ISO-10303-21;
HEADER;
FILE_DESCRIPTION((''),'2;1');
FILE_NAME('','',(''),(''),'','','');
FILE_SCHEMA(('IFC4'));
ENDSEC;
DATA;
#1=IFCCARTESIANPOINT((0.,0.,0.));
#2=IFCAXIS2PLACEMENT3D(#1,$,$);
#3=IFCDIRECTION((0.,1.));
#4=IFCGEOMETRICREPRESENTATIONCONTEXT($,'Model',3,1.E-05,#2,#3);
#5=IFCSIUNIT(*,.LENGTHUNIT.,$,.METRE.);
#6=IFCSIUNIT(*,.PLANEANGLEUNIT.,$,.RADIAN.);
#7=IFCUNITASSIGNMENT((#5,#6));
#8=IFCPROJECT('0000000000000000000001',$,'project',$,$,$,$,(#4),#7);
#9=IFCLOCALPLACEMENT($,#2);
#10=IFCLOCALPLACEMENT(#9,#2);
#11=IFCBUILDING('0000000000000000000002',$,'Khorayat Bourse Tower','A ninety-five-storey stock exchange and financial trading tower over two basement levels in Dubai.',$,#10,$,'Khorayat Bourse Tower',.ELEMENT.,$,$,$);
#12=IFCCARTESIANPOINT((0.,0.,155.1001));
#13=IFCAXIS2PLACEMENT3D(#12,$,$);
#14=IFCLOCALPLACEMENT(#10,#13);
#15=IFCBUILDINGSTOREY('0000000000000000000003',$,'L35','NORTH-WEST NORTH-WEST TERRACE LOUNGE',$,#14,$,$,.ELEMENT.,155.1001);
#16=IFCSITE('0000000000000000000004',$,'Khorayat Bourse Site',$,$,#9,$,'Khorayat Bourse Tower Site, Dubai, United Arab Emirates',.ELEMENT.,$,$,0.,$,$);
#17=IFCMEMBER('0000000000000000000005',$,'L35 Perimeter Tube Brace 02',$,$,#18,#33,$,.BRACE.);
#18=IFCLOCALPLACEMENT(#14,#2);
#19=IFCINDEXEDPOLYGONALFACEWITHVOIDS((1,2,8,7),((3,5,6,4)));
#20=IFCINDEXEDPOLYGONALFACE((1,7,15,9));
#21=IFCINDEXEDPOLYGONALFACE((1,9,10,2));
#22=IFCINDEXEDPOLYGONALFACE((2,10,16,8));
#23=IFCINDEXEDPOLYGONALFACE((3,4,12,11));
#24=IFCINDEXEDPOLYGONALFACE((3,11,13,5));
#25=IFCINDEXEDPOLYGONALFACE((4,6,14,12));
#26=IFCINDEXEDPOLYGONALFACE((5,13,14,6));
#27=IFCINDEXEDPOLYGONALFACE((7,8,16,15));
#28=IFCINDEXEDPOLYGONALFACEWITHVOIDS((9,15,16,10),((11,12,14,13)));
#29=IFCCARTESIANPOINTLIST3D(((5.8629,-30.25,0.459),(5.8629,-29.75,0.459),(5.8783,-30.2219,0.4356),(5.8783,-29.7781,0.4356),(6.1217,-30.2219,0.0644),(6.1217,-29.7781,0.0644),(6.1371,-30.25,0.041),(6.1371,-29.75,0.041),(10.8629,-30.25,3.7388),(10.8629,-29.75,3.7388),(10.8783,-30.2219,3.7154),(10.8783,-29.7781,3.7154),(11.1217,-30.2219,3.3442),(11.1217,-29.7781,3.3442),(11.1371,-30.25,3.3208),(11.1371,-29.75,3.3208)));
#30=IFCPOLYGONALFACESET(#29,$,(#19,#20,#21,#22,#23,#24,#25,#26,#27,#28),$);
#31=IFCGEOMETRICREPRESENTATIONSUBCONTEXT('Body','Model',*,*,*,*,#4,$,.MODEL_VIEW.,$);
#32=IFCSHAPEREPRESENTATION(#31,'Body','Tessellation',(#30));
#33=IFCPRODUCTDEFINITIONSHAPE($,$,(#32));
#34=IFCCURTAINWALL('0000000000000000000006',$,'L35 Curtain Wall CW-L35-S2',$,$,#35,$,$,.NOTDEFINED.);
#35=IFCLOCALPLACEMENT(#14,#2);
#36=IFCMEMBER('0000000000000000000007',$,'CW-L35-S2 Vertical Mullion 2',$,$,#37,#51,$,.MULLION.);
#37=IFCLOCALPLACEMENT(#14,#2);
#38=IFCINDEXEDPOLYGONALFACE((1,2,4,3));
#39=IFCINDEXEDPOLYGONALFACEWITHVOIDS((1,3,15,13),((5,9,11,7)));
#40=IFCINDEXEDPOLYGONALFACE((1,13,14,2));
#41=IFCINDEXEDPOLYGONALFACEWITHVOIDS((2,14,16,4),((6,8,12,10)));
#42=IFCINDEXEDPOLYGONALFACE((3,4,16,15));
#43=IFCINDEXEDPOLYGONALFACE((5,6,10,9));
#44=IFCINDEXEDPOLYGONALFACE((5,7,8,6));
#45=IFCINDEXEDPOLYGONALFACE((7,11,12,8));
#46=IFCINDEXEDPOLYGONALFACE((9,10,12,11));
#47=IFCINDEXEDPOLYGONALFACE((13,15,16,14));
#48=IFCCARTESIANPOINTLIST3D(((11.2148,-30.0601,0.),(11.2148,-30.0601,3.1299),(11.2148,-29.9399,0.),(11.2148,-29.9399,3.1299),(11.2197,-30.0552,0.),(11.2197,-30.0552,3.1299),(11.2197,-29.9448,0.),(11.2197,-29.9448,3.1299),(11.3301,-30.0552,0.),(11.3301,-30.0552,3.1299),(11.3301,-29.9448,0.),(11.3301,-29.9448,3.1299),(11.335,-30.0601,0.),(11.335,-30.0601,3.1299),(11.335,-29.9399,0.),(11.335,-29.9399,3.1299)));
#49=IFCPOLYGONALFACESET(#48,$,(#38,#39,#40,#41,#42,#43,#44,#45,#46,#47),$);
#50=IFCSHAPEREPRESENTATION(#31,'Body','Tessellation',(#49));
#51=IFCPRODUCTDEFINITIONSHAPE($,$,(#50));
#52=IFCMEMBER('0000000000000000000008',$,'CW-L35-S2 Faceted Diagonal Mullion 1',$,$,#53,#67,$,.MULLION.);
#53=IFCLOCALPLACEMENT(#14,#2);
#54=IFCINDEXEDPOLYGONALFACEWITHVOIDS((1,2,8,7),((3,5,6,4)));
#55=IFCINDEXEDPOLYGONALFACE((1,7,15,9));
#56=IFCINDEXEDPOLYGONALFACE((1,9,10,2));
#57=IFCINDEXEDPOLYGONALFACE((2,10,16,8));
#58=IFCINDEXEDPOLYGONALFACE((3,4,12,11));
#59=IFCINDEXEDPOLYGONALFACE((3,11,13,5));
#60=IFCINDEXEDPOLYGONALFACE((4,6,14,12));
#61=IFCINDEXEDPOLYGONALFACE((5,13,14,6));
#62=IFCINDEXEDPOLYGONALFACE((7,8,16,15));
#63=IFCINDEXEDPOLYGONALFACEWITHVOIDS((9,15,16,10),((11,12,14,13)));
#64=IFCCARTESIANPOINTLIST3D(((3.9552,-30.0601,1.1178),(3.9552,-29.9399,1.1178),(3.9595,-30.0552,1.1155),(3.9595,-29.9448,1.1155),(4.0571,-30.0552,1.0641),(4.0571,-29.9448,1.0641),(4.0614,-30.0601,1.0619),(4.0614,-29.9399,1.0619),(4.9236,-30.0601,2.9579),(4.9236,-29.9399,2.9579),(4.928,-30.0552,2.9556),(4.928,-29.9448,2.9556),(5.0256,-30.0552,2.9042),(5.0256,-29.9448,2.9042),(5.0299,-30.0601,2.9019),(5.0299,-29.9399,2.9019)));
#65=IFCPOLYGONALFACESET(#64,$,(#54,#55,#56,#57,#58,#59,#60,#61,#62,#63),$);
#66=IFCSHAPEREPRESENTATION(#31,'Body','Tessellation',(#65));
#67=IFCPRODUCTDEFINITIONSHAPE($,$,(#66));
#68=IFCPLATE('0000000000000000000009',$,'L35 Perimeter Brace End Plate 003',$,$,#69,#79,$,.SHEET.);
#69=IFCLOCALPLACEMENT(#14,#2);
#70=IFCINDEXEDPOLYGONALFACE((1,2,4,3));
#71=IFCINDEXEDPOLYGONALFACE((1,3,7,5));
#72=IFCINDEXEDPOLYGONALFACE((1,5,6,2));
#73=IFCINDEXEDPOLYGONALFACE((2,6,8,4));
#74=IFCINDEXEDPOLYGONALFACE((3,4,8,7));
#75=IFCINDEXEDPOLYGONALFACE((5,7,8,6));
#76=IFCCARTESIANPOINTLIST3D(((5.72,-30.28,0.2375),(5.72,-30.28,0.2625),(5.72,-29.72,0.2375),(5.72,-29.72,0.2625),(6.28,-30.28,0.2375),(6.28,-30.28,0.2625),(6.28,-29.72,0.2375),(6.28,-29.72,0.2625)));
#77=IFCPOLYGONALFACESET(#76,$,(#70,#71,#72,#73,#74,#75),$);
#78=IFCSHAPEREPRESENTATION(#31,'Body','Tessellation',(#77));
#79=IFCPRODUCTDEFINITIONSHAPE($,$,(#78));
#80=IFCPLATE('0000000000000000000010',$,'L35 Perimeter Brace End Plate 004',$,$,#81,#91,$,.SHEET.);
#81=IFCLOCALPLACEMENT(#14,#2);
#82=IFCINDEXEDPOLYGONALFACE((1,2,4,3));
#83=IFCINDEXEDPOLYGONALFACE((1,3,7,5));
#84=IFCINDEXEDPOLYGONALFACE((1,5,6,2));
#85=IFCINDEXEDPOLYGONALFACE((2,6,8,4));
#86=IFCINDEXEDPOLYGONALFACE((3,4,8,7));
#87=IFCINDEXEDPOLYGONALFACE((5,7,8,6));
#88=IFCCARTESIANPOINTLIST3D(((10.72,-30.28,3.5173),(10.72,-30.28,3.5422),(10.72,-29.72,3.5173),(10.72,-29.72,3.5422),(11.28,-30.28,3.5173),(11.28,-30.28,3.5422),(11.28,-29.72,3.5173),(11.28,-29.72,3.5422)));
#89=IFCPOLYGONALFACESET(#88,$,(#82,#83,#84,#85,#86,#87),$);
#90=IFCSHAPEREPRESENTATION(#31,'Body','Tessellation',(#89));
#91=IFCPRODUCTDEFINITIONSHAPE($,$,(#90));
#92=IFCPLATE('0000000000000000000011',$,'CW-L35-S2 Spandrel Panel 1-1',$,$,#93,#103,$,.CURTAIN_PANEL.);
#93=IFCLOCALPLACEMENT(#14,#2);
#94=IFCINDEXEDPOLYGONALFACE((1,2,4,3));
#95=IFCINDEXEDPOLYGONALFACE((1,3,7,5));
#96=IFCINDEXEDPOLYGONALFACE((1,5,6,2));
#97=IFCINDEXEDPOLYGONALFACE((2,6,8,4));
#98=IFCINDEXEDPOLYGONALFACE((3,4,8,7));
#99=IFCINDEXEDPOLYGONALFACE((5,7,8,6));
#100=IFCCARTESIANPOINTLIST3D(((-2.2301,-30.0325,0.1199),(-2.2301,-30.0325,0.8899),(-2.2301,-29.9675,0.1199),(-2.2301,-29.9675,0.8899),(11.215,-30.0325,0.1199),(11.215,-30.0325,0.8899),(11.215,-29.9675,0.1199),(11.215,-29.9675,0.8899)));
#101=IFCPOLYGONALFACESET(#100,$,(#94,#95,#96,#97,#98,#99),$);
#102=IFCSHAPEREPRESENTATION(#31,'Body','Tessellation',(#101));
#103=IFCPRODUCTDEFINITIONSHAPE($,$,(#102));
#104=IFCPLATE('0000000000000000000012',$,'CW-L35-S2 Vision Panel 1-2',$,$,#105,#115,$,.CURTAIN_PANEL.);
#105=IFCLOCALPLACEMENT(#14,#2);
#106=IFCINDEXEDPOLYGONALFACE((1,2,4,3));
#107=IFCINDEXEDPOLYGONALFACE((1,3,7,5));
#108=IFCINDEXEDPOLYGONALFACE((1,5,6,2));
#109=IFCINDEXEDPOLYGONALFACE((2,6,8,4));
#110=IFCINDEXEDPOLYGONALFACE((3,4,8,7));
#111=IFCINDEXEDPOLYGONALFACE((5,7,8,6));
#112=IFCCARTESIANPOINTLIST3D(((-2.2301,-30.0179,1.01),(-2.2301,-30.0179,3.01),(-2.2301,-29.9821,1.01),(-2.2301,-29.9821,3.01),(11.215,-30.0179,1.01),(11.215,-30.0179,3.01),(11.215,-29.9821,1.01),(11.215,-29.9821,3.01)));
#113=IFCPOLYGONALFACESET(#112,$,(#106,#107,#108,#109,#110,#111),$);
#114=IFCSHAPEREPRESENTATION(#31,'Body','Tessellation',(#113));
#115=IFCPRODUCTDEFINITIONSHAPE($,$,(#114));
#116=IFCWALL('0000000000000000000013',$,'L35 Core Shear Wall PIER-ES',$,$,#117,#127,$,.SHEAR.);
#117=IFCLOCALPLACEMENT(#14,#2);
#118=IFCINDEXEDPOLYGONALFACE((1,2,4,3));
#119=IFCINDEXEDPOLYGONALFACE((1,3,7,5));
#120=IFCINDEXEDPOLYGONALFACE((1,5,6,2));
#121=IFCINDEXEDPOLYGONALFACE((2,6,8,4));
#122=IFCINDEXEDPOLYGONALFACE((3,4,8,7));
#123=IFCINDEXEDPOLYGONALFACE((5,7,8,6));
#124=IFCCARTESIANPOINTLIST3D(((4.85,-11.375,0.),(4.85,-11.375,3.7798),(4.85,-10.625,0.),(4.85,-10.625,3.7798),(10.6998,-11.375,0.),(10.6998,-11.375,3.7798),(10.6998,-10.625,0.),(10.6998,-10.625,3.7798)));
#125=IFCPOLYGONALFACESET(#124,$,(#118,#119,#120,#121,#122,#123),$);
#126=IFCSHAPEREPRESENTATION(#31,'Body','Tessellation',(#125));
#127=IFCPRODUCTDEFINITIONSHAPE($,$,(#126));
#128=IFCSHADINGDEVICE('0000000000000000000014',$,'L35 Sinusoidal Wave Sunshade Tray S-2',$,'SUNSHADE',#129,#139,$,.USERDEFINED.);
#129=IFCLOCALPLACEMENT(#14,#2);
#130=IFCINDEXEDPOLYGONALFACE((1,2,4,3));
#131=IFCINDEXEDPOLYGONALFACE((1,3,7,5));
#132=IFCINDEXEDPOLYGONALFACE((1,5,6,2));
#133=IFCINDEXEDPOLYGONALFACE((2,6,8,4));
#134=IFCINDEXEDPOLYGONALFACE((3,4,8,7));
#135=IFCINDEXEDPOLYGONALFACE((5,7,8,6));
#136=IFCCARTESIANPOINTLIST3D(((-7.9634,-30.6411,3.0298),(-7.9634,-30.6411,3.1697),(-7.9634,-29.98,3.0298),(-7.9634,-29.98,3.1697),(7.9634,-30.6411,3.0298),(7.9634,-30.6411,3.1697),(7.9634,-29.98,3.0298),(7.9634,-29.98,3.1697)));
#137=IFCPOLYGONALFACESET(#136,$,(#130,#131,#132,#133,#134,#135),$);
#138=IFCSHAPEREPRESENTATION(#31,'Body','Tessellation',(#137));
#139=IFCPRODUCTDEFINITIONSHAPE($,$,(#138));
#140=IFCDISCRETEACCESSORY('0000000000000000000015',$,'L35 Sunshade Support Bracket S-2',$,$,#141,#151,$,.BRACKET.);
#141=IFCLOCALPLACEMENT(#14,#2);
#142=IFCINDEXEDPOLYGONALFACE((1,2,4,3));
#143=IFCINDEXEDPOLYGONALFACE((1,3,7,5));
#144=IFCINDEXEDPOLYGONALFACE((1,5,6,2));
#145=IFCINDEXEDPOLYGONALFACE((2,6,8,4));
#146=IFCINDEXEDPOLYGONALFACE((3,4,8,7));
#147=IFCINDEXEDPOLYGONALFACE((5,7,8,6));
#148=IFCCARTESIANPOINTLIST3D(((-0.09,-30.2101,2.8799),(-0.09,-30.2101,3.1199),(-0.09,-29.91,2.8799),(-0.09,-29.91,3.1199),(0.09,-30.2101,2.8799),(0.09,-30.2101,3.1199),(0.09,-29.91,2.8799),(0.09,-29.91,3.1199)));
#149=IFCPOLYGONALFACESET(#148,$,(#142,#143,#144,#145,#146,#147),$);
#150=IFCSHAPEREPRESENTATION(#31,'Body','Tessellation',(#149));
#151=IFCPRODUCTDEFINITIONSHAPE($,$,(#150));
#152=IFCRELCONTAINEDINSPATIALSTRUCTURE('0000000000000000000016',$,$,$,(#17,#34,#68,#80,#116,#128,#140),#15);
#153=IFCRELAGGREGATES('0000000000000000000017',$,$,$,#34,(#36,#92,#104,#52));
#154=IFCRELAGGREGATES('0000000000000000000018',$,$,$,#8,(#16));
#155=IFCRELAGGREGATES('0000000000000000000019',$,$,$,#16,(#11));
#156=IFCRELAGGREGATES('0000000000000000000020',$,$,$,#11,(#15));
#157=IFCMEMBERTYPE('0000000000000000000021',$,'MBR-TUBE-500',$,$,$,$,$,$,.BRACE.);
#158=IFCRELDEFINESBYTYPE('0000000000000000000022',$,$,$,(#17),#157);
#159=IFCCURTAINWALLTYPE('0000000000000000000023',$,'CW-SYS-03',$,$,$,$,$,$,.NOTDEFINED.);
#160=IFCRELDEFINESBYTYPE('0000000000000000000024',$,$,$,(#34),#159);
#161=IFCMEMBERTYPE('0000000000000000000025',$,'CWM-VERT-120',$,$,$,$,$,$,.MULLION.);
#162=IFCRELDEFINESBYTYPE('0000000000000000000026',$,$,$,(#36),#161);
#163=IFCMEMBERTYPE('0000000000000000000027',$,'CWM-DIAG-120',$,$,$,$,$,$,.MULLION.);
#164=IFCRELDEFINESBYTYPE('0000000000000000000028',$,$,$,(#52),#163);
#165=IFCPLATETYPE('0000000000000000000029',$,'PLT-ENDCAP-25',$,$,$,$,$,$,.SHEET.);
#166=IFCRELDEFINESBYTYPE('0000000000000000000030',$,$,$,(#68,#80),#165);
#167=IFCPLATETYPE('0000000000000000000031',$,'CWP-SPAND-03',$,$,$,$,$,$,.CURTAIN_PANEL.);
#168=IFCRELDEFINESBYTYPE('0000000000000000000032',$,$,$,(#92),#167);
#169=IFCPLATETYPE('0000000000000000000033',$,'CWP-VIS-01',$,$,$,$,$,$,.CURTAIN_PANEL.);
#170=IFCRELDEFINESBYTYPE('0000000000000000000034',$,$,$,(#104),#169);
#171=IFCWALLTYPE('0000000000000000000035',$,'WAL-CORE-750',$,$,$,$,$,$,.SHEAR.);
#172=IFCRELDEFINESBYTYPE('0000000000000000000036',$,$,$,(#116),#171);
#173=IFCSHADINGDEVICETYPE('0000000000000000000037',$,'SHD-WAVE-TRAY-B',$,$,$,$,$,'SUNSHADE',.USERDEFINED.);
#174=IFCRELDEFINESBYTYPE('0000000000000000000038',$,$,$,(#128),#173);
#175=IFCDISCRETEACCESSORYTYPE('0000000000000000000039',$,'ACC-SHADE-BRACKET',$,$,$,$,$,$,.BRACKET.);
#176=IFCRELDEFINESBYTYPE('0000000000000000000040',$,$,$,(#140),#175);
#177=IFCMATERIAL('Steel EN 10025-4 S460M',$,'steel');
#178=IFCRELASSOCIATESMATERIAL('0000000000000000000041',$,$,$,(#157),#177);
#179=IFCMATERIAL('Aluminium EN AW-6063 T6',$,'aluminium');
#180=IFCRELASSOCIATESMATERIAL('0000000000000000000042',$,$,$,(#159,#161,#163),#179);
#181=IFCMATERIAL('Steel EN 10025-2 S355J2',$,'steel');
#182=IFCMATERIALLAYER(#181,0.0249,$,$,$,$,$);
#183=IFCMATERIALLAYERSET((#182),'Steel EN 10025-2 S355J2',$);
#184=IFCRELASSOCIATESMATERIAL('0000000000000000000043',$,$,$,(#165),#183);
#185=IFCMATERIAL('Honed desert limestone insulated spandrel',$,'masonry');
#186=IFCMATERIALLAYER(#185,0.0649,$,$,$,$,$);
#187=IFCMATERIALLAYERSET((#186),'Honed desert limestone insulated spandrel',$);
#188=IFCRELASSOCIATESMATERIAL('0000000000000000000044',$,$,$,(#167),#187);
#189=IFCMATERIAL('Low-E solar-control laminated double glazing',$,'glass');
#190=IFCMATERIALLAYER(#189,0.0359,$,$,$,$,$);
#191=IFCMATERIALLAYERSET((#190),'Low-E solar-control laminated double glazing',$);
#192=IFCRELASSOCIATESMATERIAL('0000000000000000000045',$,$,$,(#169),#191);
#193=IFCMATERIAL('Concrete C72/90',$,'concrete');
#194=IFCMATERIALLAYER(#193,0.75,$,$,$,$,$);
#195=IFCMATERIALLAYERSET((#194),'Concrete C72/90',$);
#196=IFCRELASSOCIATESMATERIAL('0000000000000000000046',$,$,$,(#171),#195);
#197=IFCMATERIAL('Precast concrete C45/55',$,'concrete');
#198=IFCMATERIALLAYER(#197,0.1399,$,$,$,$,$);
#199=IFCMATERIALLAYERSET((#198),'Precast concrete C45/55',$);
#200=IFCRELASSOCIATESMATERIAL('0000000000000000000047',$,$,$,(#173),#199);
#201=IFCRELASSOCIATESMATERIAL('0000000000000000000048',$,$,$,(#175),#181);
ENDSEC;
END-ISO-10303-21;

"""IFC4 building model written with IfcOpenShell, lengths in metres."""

from ifc_helpers import new_model, si_unit, direction, frame, frame_2d, origin, origin_2d, place, context, subcontext, project, spatial, rectangle, hollow_rectangle, extrude, source, transform, mapped, material, layer, layer_set, material_profile, profile_set, type_object, element, aggregate, save


model = new_model("IFC4")

# Units and contexts
model_context = context("Model", 3, precision=1e-05, world=origin(), true_north=direction((0.0, 1.0)))
body_context = subcontext(model_context, "Body", "Model", "MODEL_VIEW")
ifc_project = project(units=[si_unit("LENGTHUNIT", "METRE"), si_unit("PLANEANGLEUNIT", "RADIAN")], contexts=[model_context])

# Site, building, storey
site_placement = place(None, origin())
site = spatial("IfcSite", under=ifc_project, at=site_placement, Name="Khorayat Bourse Site", LongName="Khorayat Bourse Tower Site, Dubai, United Arab Emirates", CompositionType="ELEMENT", RefElevation=0.0)
building_placement = place(site_placement, origin())
building = spatial("IfcBuilding", under=site, at=building_placement, Name="Khorayat Bourse Tower", Description="A ninety-five-storey stock exchange and financial trading tower over two basement levels in Dubai.", LongName="Khorayat Bourse Tower", CompositionType="ELEMENT")
storey_placement = place(building_placement, frame((0.0, 0.0, 155.1001)))
storey = spatial("IfcBuildingStorey", under=building, at=storey_placement, Name="L35", Description="NORTH-WEST NORTH-WEST TERRACE LOUNGE", CompositionType="ELEMENT", Elevation=155.1001)

# Shared definitions
ifc_material_1 = material(Name="Steel EN 10025-4 S460M", Category="steel")

# Shared definitions
ifc_material_2 = material(Name="Concrete C72/90", Category="concrete")

# Member
ifc_material_profile_1 = material_profile(ifc_material_1, hollow_rectangle(XDim=0.5, YDim=0.5, WallThickness=0.0281, at=origin_2d()), Name="HSS 500x500x28")
ifc_profile_set_1 = profile_set([ifc_material_profile_1], Name="Steel EN 10025-4 S460M")
member_type_1 = type_object("IfcMemberType", Name="MBR-TUBE-500", PredefinedType="BRACE", material=ifc_profile_set_1)
shared_shape_1 = source(origin(), body_context, "Body", "SweptSolid", [
    extrude(hollow_rectangle(XDim=0.5, YDim=0.5, WallThickness=0.0281, at=origin_2d()), origin(), (0.0, 0.0, 1.0), 5.9797),
])
member_1_placement = place(storey_placement, frame((6.0, -30.0, 0.25), z_axis=(0.83616, 0.0, 0.548485), x_axis=(0.0, 1.0, 0.0)))
element("IfcMember", 1, at=member_1_placement, inside=storey, type_object=member_type_1, Name="L35 Perimeter Tube Brace 02", PredefinedType="BRACE", context=body_context, shape_type="MappedRepresentation", body=[
    mapped(shared_shape_1, transform((0.0, 0.0, 0.0), scale=1.0)),
])

# Curtain wall, members
ifc_material_3 = material(Name="Aluminium EN AW-6063 T6", Category="aluminium")
curtain_wall_type = type_object("IfcCurtainWallType", Name="CW-SYS-03", PredefinedType="NOTDEFINED", material=ifc_material_3)
curtain_wall_placement = place(storey_placement, origin())
curtain_wall = element("IfcCurtainWall", 2, at=curtain_wall_placement, inside=storey, type_object=curtain_wall_type, Name="L35 Curtain Wall CW-L35-S2", PredefinedType="NOTDEFINED")
ifc_material_profile_2 = material_profile(ifc_material_3, hollow_rectangle(XDim=0.1201, YDim=0.1201, WallThickness=0.0049, at=origin_2d()), Name="ALU 120x120x5")
ifc_profile_set_2 = profile_set([ifc_material_profile_2], Name="Aluminium EN AW-6063 T6")
member_type_2 = type_object("IfcMemberType", Name="CWM-VERT-120", PredefinedType="MULLION", material=ifc_profile_set_2)
shared_shape_2 = source(origin(), body_context, "Body", "SweptSolid", [
    extrude(hollow_rectangle(XDim=0.1201, YDim=0.1201, WallThickness=0.0049, at=origin_2d()), origin(), (0.0, 0.0, 1.0), 3.1299),
])
member_2_placement = place(storey_placement, frame((11.2749, -30.0, 0.0), z_axis=(0.0, 0.0, 1.0), x_axis=(0.0, 1.0, 0.0)))
member_2 = element("IfcMember", 3, at=member_2_placement, type_object=member_type_2, Name="CW-L35-S2 Vertical Mullion 2", PredefinedType="MULLION", context=body_context, shape_type="MappedRepresentation", body=[
    mapped(shared_shape_2, transform((0.0, 0.0, 0.0), scale=1.0)),
])
ifc_material_profile_3 = material_profile(ifc_material_3, hollow_rectangle(XDim=0.1201, YDim=0.1201, WallThickness=0.0049, at=origin_2d()), Name="ALU 120x120x5")
ifc_profile_set_3 = profile_set([ifc_material_profile_3], Name="Aluminium EN AW-6063 T6")
member_type_3 = type_object("IfcMemberType", Name="CWM-DIAG-120", PredefinedType="MULLION", material=ifc_profile_set_3)
shared_shape_3 = source(origin(), body_context, "Body", "SweptSolid", [
    extrude(hollow_rectangle(XDim=0.1201, YDim=0.1201, WallThickness=0.0049, at=origin_2d()), origin(), (0.0, 0.0, 1.0), 2.0793),
])
member_3_placement = place(storey_placement, frame((4.0083, -30.0, 1.0898), z_axis=(0.465761, 0.0, 0.884911), x_axis=(0.0, 1.0, 0.0)))
member_3 = element("IfcMember", 4, at=member_3_placement, type_object=member_type_3, Name="CW-L35-S2 Faceted Diagonal Mullion 1", PredefinedType="MULLION", context=body_context, shape_type="MappedRepresentation", body=[
    mapped(shared_shape_3, transform((0.0, 0.0, 0.0), scale=1.0)),
])

# Plates
ifc_material_4 = material(Name="Steel EN 10025-2 S355J2", Category="steel")
ifc_layer_1 = layer(ifc_material_4, 0.0249)
ifc_layer_set_1 = layer_set([ifc_layer_1], Name="Steel EN 10025-2 S355J2")
plate_type_1 = type_object("IfcPlateType", Name="PLT-ENDCAP-25", PredefinedType="SHEET", material=ifc_layer_set_1)
shared_shape_4 = source(origin(), body_context, "Body", "SweptSolid", [
    extrude(rectangle(XDim=0.5601, YDim=0.5601, at=origin_2d()), origin(), (0.0, 0.0, 1.0), 0.0249),
])
for number, where, z_axis, x_axis, name in (
    (5, (6.0, -30.0, 0.2375), (0.0, 0.0, 1.0), (1.0, 0.0, 0.0), "L35 Perimeter Brace End Plate 003"),
    (6, (11.0, -30.0, 3.5173), (0.0, 0.0, 1.0), (1.0, 0.0, 0.0), "L35 Perimeter Brace End Plate 004"),
):
    element("IfcPlate", number, at=place(storey_placement, frame(where, z_axis=z_axis, x_axis=x_axis)), inside=storey, type_object=plate_type_1, Name=name, PredefinedType="SHEET", context=body_context, shape_type="MappedRepresentation", body=[
        mapped(shared_shape_4, transform((0.0, 0.0, 0.0), scale=1.0)),
    ])

# Plates
ifc_material_5 = material(Name="Honed desert limestone insulated spandrel", Category="masonry")
ifc_layer_2 = layer(ifc_material_5, 0.0649)
ifc_layer_set_2 = layer_set([ifc_layer_2], Name="Honed desert limestone insulated spandrel")
plate_type_2 = type_object("IfcPlateType", Name="CWP-SPAND-03", PredefinedType="CURTAIN_PANEL", material=ifc_layer_set_2)
shared_shape_5 = source(origin(), body_context, "Body", "SweptSolid", [
    extrude(rectangle(XDim=13.4451, YDim=0.0649, at=origin_2d()), origin(), (0.0, 0.0, 1.0), 0.77),
])
plate_1_placement = place(storey_placement, frame((4.4924, -30.0, 0.1199), z_axis=(0.0, 0.0, 1.0), x_axis=(1.0, 0.0, 0.0)))
plate_1 = element("IfcPlate", 7, at=plate_1_placement, type_object=plate_type_2, Name="CW-L35-S2 Spandrel Panel 1-1", PredefinedType="CURTAIN_PANEL", context=body_context, shape_type="MappedRepresentation", body=[
    mapped(shared_shape_5, transform((0.0, 0.0, 0.0), scale=1.0)),
])
ifc_material_6 = material(Name="Low-E solar-control laminated double glazing", Category="glass")
ifc_layer_3 = layer(ifc_material_6, 0.0359)
ifc_layer_set_3 = layer_set([ifc_layer_3], Name="Low-E solar-control laminated double glazing")
plate_type_3 = type_object("IfcPlateType", Name="CWP-VIS-01", PredefinedType="CURTAIN_PANEL", material=ifc_layer_set_3)
shared_shape_6 = source(origin(), body_context, "Body", "SweptSolid", [
    extrude(rectangle(XDim=13.4451, YDim=0.0359, at=origin_2d()), origin(), (0.0, 0.0, 1.0), 2.0),
])
plate_2_placement = place(storey_placement, frame((4.4924, -30.0, 1.01), z_axis=(0.0, 0.0, 1.0), x_axis=(1.0, 0.0, 0.0)))
plate_2 = element("IfcPlate", 8, at=plate_2_placement, type_object=plate_type_3, Name="CW-L35-S2 Vision Panel 1-2", PredefinedType="CURTAIN_PANEL", context=body_context, shape_type="MappedRepresentation", body=[
    mapped(shared_shape_6, transform((0.0, 0.0, 0.0), scale=1.0)),
])
aggregate(curtain_wall, [member_2, plate_1, plate_2, member_3])

# Wall
ifc_layer_4 = layer(ifc_material_2, 0.75)
ifc_layer_set_4 = layer_set([ifc_layer_4], Name="Concrete C72/90")
wall_type_1 = type_object("IfcWallType", Name="WAL-CORE-750", PredefinedType="SHEAR", material=ifc_layer_set_4)
shared_shape_7 = source(origin(), body_context, "Body", "SweptSolid", [
    extrude(rectangle(XDim=5.8499, YDim=0.75, at=frame_2d((2.9248, 0.0))), origin(), (0.0, 0.0, 1.0), 3.7798),
])
wall_1_placement = place(storey_placement, frame((4.8501, -11.0, 0.0), z_axis=(0.0, 0.0, 1.0), x_axis=(1.0, 0.0, 0.0)))
element("IfcWall", 9, at=wall_1_placement, inside=storey, type_object=wall_type_1, Name="L35 Core Shear Wall PIER-ES", PredefinedType="SHEAR", context=body_context, shape_type="MappedRepresentation", body=[
    mapped(shared_shape_7, transform((0.0, 0.0, 0.0), scale=1.0)),
])

# Shading device
ifc_material_7 = material(Name="Precast concrete C45/55", Category="concrete")
ifc_layer_5 = layer(ifc_material_7, 0.1399)
ifc_layer_set_5 = layer_set([ifc_layer_5], Name="Precast concrete C45/55")
shading_device_type = type_object("IfcShadingDeviceType", Name="SHD-WAVE-TRAY-B", ElementType="SUNSHADE", PredefinedType="USERDEFINED", material=ifc_layer_set_5)
shared_shape_8 = source(origin(), body_context, "Body", "SweptSolid", [
    extrude(rectangle(XDim=15.9268, YDim=0.6611, at=origin_2d()), origin(), (0.0, 0.0, 1.0), 0.1399),
])
shading_device_placement = place(storey_placement, frame((0.0, -30.3105, 3.0298), z_axis=(0.0, 0.0, 1.0), x_axis=(1.0, 0.0, 0.0)))
element("IfcShadingDevice", 10, at=shading_device_placement, inside=storey, type_object=shading_device_type, Name="L35 Sinusoidal Wave Sunshade Tray S-2", ObjectType="SUNSHADE", PredefinedType="USERDEFINED", context=body_context, shape_type="MappedRepresentation", body=[
    mapped(shared_shape_8, transform((0.0, 0.0, 0.0), scale=1.0)),
])

# Discrete accessory
discrete_accessory_type = type_object("IfcDiscreteAccessoryType", Name="ACC-SHADE-BRACKET", PredefinedType="BRACKET", material=ifc_material_4)
shared_shape_9 = source(origin(), body_context, "Body", "SweptSolid", [
    extrude(rectangle(XDim=0.1799, YDim=0.3, at=origin_2d()), origin(), (0.0, 0.0, 1.0), 0.24),
])
discrete_accessory_placement = place(storey_placement, frame((0.0, -30.0601, 2.8799), z_axis=(0.0, 0.0, 1.0), x_axis=(1.0, 0.0, 0.0)))
element("IfcDiscreteAccessory", 11, at=discrete_accessory_placement, inside=storey, type_object=discrete_accessory_type, Name="L35 Sunshade Support Bracket S-2", PredefinedType="BRACKET", context=body_context, shape_type="MappedRepresentation", body=[
    mapped(shared_shape_9, transform((0.0, 0.0, 0.0), scale=1.0)),
])

save(model, "model.ifc")
